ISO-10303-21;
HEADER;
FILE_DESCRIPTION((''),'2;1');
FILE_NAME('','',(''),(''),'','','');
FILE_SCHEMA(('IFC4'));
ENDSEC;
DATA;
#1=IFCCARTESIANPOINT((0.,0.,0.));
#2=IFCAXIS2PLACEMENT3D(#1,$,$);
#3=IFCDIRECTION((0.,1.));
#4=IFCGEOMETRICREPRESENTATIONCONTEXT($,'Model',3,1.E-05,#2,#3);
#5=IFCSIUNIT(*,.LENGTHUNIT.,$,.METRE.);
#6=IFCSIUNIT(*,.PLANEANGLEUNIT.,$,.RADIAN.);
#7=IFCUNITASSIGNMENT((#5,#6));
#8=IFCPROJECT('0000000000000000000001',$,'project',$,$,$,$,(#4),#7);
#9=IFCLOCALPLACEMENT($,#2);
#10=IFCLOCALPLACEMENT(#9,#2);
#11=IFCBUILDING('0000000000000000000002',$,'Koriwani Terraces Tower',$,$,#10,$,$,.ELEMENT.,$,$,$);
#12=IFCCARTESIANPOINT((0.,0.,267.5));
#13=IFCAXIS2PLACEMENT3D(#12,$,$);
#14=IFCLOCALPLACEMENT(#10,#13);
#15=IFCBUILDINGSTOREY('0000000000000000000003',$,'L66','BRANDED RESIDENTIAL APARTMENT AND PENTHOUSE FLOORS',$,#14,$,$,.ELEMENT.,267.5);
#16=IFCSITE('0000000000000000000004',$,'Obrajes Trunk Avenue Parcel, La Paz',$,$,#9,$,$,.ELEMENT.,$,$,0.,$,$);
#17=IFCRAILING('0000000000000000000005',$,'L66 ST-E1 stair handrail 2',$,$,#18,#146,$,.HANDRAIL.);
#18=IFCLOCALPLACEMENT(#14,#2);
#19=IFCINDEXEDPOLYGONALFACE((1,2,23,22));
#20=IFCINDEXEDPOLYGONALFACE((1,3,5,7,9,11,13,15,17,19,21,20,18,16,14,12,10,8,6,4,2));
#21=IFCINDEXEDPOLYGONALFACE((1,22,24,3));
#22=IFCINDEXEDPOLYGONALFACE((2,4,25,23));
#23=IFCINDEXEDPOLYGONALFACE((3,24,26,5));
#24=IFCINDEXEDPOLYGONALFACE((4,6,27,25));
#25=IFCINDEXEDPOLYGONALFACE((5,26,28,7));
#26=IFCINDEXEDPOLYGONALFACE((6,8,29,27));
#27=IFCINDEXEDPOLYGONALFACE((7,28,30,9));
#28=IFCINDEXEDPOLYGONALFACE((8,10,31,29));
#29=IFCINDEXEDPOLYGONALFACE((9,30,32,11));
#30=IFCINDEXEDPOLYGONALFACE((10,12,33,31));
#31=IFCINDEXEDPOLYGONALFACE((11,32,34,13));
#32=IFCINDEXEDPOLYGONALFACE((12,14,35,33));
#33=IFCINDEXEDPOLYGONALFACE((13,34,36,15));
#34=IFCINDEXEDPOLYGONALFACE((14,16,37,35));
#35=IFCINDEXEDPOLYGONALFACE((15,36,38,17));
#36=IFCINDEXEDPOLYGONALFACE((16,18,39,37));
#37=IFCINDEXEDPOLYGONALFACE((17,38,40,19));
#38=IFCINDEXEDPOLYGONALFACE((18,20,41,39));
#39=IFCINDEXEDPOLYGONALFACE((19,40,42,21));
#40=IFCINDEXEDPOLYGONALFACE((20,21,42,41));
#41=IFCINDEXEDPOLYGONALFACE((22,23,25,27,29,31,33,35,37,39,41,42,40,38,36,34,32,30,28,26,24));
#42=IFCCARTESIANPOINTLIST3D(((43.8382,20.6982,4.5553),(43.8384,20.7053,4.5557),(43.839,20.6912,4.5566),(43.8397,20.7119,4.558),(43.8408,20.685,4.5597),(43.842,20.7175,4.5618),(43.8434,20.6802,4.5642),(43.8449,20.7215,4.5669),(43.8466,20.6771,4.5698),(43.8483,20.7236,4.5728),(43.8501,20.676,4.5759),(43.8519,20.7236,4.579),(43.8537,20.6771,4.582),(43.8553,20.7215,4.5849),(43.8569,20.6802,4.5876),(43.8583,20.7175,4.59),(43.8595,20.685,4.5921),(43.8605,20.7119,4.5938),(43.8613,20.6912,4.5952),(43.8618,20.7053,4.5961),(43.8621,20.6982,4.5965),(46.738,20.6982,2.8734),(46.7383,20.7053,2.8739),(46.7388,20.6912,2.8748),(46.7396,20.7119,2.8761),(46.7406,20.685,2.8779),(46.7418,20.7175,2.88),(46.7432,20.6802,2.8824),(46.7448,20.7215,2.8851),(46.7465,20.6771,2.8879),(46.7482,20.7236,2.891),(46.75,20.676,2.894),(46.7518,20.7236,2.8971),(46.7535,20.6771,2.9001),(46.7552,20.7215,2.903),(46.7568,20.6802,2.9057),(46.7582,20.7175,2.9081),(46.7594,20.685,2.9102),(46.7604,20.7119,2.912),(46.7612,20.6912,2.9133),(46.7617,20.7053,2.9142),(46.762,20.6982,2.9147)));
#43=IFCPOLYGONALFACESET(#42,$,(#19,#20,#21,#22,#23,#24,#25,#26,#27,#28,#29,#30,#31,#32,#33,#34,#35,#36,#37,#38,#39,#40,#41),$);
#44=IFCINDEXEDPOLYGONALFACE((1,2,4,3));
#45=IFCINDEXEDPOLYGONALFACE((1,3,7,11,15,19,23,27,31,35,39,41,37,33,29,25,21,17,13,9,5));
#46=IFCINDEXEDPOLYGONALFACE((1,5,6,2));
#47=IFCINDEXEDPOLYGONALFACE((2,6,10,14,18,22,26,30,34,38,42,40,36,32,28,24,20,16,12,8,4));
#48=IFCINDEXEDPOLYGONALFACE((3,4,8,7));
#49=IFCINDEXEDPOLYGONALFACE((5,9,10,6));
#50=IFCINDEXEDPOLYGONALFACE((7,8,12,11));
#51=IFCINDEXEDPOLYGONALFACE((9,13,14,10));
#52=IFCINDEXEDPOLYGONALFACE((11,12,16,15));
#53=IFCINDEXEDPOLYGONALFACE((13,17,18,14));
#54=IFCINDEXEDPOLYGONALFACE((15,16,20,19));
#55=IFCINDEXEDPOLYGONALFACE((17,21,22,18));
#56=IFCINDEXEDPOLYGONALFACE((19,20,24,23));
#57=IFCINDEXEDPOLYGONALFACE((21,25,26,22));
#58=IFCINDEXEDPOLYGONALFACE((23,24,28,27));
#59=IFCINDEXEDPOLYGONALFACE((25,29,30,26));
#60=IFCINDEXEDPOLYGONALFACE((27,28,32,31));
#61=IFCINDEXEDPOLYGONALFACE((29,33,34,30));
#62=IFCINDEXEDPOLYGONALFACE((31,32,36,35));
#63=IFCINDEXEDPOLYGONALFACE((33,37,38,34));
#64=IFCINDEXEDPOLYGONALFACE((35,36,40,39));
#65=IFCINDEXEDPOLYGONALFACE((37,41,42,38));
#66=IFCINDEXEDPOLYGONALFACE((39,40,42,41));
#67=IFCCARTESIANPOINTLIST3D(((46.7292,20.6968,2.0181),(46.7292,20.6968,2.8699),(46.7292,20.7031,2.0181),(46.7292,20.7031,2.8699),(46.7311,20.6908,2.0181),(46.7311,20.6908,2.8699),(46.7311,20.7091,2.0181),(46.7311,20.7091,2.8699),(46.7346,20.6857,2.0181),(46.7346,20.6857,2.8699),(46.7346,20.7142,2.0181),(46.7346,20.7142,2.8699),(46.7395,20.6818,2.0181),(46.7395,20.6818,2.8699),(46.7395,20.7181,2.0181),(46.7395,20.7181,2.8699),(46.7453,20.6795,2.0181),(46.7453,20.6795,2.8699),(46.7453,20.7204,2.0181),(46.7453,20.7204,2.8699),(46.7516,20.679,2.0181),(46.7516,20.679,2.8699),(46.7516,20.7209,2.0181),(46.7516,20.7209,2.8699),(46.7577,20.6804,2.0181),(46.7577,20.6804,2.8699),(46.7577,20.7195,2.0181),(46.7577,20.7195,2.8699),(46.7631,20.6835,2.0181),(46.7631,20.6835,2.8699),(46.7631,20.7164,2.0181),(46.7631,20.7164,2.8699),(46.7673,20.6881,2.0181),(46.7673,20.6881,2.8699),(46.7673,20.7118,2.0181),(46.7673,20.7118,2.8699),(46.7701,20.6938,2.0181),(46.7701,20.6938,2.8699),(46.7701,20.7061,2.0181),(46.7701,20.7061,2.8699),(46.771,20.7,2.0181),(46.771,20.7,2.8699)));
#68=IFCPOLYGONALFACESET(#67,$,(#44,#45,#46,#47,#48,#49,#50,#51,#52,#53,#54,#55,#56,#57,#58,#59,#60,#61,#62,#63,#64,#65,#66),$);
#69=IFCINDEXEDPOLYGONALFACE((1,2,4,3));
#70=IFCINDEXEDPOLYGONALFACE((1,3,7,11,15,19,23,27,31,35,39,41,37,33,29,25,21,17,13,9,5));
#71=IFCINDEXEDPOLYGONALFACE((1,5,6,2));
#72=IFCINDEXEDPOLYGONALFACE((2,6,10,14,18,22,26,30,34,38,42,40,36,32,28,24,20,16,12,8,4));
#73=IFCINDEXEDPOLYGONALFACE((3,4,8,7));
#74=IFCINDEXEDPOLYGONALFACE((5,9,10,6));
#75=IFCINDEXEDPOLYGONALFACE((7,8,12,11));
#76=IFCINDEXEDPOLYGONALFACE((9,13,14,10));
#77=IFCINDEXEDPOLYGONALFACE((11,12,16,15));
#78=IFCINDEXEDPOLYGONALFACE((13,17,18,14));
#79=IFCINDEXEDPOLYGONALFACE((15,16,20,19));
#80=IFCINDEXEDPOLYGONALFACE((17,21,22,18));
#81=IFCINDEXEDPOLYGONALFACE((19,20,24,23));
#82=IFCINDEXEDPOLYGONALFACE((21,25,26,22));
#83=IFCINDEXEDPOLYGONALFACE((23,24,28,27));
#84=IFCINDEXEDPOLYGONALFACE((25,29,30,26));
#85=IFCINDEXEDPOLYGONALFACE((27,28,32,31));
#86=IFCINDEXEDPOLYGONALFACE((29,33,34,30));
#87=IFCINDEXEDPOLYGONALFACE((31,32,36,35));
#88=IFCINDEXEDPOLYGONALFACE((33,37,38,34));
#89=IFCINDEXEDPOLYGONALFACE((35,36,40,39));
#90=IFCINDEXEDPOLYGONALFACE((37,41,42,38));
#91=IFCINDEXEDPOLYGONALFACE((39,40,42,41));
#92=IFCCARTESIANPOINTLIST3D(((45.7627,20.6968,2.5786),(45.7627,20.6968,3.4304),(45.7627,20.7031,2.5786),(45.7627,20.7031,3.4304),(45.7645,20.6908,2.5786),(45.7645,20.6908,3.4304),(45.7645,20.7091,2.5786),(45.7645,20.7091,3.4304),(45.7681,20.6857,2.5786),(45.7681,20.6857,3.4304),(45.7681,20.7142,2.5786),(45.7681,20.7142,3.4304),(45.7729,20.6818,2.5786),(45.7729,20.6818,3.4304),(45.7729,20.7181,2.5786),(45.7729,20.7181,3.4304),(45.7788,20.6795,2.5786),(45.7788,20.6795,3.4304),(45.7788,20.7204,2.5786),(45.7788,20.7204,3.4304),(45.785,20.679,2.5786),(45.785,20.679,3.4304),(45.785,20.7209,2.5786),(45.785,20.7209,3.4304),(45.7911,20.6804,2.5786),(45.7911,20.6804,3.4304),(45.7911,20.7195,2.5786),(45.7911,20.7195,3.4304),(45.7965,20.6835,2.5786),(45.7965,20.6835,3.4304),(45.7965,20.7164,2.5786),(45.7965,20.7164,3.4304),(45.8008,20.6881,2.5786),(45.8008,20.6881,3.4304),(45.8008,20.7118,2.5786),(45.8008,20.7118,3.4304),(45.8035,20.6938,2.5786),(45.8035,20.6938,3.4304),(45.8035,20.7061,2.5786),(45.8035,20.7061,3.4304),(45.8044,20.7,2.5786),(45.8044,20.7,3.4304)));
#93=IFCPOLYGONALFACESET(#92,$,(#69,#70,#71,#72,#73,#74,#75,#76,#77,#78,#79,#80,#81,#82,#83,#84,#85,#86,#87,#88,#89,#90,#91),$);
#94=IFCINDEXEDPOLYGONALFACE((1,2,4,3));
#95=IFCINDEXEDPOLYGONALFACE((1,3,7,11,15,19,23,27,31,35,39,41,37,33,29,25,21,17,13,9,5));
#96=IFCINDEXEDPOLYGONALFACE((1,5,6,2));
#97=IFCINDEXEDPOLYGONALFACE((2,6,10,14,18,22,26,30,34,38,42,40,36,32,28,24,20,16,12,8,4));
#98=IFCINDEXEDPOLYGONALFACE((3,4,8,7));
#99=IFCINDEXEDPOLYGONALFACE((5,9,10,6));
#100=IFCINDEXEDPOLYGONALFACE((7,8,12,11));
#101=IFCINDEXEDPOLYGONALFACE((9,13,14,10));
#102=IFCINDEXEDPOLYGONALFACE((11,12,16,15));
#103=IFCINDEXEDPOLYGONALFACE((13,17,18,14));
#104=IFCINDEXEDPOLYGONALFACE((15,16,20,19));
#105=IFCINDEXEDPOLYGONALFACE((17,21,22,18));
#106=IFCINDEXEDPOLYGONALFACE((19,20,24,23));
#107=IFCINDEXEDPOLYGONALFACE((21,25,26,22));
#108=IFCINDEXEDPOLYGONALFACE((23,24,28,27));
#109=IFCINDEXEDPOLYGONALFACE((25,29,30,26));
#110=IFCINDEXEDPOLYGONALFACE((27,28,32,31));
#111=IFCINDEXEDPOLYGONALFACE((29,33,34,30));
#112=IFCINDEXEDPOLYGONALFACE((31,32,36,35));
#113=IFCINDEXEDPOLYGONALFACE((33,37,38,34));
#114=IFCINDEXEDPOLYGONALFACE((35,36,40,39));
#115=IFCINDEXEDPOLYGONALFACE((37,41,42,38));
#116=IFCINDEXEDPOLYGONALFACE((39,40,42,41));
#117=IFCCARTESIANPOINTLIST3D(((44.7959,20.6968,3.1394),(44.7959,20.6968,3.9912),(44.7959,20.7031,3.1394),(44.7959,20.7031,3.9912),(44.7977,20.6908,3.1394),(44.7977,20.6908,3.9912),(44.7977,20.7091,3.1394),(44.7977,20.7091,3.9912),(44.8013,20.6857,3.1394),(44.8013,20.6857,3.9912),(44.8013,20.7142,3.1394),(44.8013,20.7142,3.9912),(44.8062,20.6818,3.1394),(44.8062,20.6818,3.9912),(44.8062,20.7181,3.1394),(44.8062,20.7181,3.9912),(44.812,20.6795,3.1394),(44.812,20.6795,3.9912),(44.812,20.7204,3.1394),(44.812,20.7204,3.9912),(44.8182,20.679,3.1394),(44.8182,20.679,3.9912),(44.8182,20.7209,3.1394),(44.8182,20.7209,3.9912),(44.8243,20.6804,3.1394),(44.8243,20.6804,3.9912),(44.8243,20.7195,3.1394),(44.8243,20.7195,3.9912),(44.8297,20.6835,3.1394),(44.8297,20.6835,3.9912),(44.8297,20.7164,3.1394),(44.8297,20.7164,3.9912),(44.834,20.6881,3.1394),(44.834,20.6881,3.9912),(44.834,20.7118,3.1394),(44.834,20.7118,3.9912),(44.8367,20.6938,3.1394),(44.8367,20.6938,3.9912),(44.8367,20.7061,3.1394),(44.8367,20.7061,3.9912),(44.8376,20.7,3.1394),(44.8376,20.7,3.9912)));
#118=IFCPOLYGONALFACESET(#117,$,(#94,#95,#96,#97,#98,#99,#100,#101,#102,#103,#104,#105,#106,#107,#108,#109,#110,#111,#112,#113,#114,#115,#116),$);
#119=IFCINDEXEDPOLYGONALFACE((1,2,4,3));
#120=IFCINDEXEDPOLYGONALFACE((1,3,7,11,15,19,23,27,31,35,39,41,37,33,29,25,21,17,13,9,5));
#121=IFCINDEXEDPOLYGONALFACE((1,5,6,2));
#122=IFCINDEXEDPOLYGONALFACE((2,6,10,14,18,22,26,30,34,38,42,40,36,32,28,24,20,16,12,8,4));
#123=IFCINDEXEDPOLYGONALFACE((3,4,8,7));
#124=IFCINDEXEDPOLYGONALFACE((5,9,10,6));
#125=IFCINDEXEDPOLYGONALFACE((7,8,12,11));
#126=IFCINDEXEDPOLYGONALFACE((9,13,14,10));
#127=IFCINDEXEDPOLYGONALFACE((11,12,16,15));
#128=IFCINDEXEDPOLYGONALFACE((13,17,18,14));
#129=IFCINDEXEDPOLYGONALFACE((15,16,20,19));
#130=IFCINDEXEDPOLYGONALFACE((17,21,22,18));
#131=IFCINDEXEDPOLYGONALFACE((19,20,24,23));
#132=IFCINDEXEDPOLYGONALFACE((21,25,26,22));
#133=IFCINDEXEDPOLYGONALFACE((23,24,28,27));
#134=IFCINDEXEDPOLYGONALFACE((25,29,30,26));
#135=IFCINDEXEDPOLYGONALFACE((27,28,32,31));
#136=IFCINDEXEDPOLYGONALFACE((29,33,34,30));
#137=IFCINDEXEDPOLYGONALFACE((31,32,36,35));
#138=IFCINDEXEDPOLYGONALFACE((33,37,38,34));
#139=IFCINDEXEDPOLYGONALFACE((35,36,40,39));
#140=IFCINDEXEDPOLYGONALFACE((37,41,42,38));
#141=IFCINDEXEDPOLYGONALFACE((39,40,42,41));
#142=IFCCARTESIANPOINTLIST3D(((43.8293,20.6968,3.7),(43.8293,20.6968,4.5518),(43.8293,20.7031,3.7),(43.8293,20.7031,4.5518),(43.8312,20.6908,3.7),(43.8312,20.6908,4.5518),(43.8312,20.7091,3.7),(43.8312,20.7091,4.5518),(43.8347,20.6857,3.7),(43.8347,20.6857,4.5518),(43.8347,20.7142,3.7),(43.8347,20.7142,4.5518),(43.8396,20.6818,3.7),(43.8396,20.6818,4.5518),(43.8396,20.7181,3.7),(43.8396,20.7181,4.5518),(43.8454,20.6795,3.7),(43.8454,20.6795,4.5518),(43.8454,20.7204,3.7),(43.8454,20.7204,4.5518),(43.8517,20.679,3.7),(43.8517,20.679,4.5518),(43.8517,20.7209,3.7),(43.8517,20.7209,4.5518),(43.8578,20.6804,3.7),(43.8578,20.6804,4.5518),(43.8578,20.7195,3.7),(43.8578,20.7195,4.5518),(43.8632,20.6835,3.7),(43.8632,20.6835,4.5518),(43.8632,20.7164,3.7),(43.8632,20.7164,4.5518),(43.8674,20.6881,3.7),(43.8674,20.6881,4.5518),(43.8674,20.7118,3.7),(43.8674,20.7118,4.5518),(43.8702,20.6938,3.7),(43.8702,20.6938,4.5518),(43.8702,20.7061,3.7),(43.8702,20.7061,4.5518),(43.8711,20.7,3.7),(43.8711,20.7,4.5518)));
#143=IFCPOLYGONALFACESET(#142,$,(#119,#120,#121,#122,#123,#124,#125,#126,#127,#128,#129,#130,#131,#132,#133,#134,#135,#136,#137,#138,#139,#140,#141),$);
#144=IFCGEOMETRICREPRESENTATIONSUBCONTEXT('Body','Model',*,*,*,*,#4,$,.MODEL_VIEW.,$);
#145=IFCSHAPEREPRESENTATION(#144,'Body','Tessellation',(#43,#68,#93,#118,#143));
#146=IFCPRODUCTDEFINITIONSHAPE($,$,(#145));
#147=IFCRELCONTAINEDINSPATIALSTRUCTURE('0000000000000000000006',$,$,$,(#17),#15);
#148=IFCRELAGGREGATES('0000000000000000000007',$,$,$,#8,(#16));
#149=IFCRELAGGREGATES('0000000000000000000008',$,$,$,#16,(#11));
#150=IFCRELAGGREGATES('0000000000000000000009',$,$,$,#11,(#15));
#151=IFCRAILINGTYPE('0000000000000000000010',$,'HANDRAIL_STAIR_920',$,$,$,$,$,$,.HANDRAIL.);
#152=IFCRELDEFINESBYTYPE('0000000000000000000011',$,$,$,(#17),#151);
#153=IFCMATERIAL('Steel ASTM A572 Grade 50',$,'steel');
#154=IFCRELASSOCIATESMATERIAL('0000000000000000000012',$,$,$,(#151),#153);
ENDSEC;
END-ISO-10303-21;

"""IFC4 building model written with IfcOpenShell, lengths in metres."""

from ifc_helpers import new_model, si_unit, direction, frame, origin, origin_2d, place, context, subcontext, project, spatial, circle, extrude, material, type_object, element, save


model = new_model("IFC4")

# Units and contexts
model_context = context("Model", 3, precision=1e-05, world=origin(), true_north=direction((0.0, 1.0)))
body_context = subcontext(model_context, "Body", "Model", "MODEL_VIEW")
ifc_project = project(units=[si_unit("LENGTHUNIT", "METRE"), si_unit("PLANEANGLEUNIT", "RADIAN")], contexts=[model_context])

# Site, building, storey
site_placement = place(None, origin())
site = spatial("IfcSite", under=ifc_project, at=site_placement, Name="Obrajes Trunk Avenue Parcel, La Paz", CompositionType="ELEMENT", RefElevation=0.0)
building_placement = place(site_placement, origin())
building = spatial("IfcBuilding", under=site, at=building_placement, Name="Koriwani Terraces Tower", CompositionType="ELEMENT")
storey_placement = place(building_placement, frame((0.0, 0.0, 267.5)))
storey = spatial("IfcBuildingStorey", under=building, at=storey_placement, Name="L66", Description="BRANDED RESIDENTIAL APARTMENT AND PENTHOUSE FLOORS", CompositionType="ELEMENT", Elevation=267.5)

# Shared definitions
ifc_material_1 = material(Name="Steel ASTM A572 Grade 50", Category="steel")

# Railing
railing_type_1 = type_object("IfcRailingType", Name="HANDRAIL_STAIR_920", PredefinedType="HANDRAIL", material=ifc_material_1)
railing_1_placement = place(storey_placement, frame((46.75, 20.7, 2.0181)))
element("IfcRailing", 1, at=railing_1_placement, inside=storey, type_object=railing_type_1, Name="L66 ST-E1 stair handrail 2", PredefinedType="HANDRAIL", context=body_context, shape_type="SweptSolid", body=[
    extrude(circle(Radius=0.0239, at=origin_2d()), frame((0.0, 0.0, 0.876), z_axis=(-0.865039, 0.0, 0.501705), x_axis=(0.0, -1.0, 0.0)), (0.0, 0.0, 1.0), 3.3523),
    extrude(circle(Radius=0.021, at=origin_2d()), origin(), (0.0, 0.0, 1.0), 0.8518),
    extrude(circle(Radius=0.021, at=origin_2d()), frame((-0.9666, 0.0, 0.5605)), (0.0, 0.0, 1.0), 0.8518),
    extrude(circle(Radius=0.021, at=origin_2d()), frame((-1.9333, 0.0, 1.1213)), (0.0, 0.0, 1.0), 0.8518),
    extrude(circle(Radius=0.021, at=origin_2d()), frame((-2.8999, 0.0, 1.6819)), (0.0, 0.0, 1.0), 0.8518),
])

save(model, "model.ifc")
